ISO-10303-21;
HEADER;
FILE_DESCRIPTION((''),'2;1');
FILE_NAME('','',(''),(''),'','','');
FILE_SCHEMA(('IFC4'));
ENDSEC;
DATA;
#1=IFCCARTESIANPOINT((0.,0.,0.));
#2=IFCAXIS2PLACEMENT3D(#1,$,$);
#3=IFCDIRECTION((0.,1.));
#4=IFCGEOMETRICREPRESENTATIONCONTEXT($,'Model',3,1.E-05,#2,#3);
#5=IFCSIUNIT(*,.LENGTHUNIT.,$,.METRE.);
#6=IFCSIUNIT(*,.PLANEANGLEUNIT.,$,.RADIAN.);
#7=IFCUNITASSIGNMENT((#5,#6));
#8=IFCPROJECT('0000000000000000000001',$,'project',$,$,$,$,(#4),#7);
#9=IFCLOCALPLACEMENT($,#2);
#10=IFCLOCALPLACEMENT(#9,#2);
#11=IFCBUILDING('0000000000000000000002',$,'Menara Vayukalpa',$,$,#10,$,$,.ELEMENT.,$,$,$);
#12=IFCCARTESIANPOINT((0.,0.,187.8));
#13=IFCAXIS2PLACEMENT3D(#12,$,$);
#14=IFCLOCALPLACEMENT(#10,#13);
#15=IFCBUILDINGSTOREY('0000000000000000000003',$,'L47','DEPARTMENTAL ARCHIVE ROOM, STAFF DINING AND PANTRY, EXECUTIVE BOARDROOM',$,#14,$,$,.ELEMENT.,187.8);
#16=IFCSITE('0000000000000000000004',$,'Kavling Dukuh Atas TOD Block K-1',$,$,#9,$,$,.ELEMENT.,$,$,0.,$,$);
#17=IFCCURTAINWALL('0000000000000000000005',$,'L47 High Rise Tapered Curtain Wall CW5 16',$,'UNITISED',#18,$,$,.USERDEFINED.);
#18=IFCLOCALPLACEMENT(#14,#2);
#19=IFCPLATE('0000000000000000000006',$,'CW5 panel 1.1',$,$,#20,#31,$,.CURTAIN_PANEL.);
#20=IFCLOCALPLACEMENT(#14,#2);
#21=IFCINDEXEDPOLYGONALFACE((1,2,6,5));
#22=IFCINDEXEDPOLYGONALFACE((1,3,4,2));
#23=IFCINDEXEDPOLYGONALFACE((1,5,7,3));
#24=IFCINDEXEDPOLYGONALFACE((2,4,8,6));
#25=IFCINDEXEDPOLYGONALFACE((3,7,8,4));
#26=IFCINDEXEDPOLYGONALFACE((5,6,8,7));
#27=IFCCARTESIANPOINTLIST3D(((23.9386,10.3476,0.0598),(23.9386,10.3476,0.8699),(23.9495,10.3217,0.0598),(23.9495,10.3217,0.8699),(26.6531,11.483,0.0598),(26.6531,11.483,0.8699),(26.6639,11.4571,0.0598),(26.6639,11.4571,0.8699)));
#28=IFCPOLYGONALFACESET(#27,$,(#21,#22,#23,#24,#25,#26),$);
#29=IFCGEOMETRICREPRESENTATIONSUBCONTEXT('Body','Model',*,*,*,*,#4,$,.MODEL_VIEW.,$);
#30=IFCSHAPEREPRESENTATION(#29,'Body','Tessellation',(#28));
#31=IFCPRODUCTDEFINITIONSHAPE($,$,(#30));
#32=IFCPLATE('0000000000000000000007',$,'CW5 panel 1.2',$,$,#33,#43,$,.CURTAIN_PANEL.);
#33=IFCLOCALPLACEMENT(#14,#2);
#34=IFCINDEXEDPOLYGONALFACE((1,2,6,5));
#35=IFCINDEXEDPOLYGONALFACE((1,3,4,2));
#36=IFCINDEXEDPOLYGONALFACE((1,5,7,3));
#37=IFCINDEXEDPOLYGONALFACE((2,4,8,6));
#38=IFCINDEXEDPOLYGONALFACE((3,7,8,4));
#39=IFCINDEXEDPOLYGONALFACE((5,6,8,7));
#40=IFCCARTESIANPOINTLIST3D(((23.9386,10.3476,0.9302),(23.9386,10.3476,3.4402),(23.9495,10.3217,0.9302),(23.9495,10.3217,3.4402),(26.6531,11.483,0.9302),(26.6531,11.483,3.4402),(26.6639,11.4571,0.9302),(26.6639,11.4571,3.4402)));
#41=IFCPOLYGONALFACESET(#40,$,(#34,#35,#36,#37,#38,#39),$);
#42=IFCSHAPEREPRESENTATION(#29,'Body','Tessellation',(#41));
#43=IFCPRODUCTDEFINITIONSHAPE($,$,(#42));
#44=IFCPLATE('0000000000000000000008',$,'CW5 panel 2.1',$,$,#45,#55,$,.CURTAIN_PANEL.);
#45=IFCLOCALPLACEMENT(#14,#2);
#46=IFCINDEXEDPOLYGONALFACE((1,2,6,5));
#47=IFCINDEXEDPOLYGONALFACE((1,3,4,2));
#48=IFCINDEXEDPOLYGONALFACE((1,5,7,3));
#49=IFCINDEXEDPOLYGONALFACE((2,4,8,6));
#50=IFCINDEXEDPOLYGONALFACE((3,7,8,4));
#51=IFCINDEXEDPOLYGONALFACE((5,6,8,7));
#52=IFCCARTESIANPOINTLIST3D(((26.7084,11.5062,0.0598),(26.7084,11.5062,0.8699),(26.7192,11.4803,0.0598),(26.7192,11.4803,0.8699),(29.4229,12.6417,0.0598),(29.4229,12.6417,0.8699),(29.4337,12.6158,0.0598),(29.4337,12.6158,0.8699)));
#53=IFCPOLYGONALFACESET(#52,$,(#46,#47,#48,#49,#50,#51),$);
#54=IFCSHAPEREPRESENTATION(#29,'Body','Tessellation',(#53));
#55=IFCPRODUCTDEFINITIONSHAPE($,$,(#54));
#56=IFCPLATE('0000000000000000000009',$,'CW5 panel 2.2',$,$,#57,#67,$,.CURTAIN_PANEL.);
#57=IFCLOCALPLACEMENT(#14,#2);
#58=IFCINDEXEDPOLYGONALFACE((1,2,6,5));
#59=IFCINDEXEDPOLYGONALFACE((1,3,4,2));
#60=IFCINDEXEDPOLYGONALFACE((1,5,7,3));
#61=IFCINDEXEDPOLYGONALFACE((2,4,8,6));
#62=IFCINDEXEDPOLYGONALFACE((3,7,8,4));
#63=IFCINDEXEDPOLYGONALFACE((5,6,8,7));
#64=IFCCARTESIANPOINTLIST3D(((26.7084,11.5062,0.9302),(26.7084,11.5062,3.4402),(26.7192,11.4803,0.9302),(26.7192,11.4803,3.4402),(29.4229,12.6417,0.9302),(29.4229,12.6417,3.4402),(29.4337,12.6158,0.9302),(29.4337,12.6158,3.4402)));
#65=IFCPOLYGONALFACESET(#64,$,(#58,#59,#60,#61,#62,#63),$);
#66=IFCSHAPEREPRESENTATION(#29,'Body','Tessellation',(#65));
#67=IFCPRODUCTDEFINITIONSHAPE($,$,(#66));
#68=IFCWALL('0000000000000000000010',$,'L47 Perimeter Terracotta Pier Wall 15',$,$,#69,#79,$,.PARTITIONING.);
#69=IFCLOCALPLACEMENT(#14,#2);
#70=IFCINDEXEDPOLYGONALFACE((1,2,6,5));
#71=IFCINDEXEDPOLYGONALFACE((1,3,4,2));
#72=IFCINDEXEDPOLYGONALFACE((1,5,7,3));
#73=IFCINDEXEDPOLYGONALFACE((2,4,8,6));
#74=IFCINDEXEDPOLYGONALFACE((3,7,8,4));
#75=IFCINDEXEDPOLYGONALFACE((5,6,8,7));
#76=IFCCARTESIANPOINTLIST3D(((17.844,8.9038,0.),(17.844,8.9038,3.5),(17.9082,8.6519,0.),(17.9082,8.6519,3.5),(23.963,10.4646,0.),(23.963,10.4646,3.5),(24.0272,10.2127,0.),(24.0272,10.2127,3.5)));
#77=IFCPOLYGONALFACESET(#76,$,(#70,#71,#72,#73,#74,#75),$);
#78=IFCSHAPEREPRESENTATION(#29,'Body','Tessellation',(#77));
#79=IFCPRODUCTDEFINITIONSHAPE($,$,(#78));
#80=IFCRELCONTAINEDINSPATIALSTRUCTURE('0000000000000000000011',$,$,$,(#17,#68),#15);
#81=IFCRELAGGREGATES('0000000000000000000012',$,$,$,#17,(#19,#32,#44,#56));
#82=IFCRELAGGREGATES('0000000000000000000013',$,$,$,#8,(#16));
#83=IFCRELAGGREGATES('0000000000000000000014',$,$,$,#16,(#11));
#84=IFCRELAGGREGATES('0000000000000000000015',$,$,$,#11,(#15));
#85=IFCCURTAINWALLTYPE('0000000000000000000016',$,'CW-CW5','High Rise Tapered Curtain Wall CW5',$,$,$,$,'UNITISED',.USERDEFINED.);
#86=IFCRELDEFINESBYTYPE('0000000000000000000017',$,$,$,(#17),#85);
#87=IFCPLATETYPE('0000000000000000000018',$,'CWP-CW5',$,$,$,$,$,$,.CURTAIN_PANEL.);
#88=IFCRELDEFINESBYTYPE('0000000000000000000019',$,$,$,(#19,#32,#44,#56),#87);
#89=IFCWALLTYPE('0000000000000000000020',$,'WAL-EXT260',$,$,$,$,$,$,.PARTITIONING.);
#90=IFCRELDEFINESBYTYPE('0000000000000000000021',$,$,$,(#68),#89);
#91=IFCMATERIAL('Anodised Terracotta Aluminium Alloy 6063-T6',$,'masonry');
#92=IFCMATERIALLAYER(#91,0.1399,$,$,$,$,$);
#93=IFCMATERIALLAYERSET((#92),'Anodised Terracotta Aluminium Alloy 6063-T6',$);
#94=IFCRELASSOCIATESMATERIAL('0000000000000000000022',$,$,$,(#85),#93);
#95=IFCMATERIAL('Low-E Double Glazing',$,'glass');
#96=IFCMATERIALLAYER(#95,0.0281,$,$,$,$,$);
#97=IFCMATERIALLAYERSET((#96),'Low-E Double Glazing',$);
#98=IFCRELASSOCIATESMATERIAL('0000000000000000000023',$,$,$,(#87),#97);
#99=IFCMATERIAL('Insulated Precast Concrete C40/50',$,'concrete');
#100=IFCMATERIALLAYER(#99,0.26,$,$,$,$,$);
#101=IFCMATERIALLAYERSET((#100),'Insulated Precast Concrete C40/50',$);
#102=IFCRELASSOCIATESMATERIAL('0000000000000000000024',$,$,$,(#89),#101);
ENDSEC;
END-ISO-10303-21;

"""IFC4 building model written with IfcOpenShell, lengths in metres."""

from ifc_helpers import new_model, si_unit, direction, frame, frame_2d, origin, origin_2d, place, context, subcontext, project, spatial, rectangle, extrude, material, layer, layer_set, type_object, element, aggregate, save


model = new_model("IFC4")

# Units and contexts
model_context = context("Model", 3, precision=1e-05, world=origin(), true_north=direction((0.0, 1.0)))
body_context = subcontext(model_context, "Body", "Model", "MODEL_VIEW")
ifc_project = project(units=[si_unit("LENGTHUNIT", "METRE"), si_unit("PLANEANGLEUNIT", "RADIAN")], contexts=[model_context])

# Site, building, storey
site_placement = place(None, origin())
site = spatial("IfcSite", under=ifc_project, at=site_placement, Name="Kavling Dukuh Atas TOD Block K-1", CompositionType="ELEMENT", RefElevation=0.0)
building_placement = place(site_placement, origin())
building = spatial("IfcBuilding", under=site, at=building_placement, Name="Menara Vayukalpa", CompositionType="ELEMENT")
storey_placement = place(building_placement, frame((0.0, 0.0, 187.8)))
storey = spatial("IfcBuildingStorey", under=building, at=storey_placement, Name="L47", Description="DEPARTMENTAL ARCHIVE ROOM, STAFF DINING AND PANTRY, EXECUTIVE BOARDROOM", CompositionType="ELEMENT", Elevation=187.8)

# Curtain wall, plates
ifc_material_1 = material(Name="Anodised Terracotta Aluminium Alloy 6063-T6", Category="masonry")
ifc_layer_1 = layer(ifc_material_1, 0.1399)
ifc_layer_set_1 = layer_set([ifc_layer_1], Name="Anodised Terracotta Aluminium Alloy 6063-T6")
curtain_wall_type = type_object("IfcCurtainWallType", Name="CW-CW5", Description="High Rise Tapered Curtain Wall CW5", ElementType="UNITISED", PredefinedType="USERDEFINED", material=ifc_layer_set_1)
curtain_wall_placement = place(storey_placement, origin())
curtain_wall = element("IfcCurtainWall", 1, at=curtain_wall_placement, inside=storey, type_object=curtain_wall_type, Name="L47 High Rise Tapered Curtain Wall CW5 16", ObjectType="UNITISED", PredefinedType="USERDEFINED")
ifc_material_2 = material(Name="Low-E Double Glazing", Category="glass")
ifc_layer_2 = layer(ifc_material_2, 0.0281)
ifc_layer_set_2 = layer_set([ifc_layer_2], Name="Low-E Double Glazing")
plate_type = type_object("IfcPlateType", Name="CWP-CW5", PredefinedType="CURTAIN_PANEL", material=ifc_layer_set_2)
plate_1_placement = place(storey_placement, frame((25.3013, 10.9023, 0.0598), z_axis=(0.0, 0.0, 1.0), x_axis=(0.922539, 0.385903, 0.0)))
plate_1 = element("IfcPlate", 2, at=plate_1_placement, type_object=plate_type, Name="CW5 panel 1.1", PredefinedType="CURTAIN_PANEL", context=body_context, shape_type="SweptSolid", body=[
    extrude(rectangle(XDim=2.9424, YDim=0.0281, at=origin_2d()), origin(), (0.0, 0.0, 1.0), 0.8101),
])
plate_2_placement = place(storey_placement, frame((25.3013, 10.9023, 0.9302), z_axis=(0.0, 0.0, 1.0), x_axis=(0.922539, 0.385903, 0.0)))
plate_2 = element("IfcPlate", 3, at=plate_2_placement, type_object=plate_type, Name="CW5 panel 1.2", PredefinedType="CURTAIN_PANEL", context=body_context, shape_type="SweptSolid", body=[
    extrude(rectangle(XDim=2.9424, YDim=0.0281, at=origin_2d()), origin(), (0.0, 0.0, 1.0), 2.51),
])
plate_3_placement = place(storey_placement, frame((28.071, 12.061, 0.0598), z_axis=(0.0, 0.0, 1.0), x_axis=(0.922539, 0.385903, 0.0)))
plate_3 = element("IfcPlate", 4, at=plate_3_placement, type_object=plate_type, Name="CW5 panel 2.1", PredefinedType="CURTAIN_PANEL", context=body_context, shape_type="SweptSolid", body=[
    extrude(rectangle(XDim=2.9424, YDim=0.0281, at=origin_2d()), origin(), (0.0, 0.0, 1.0), 0.8101),
])
plate_4_placement = place(storey_placement, frame((28.071, 12.061, 0.9302), z_axis=(0.0, 0.0, 1.0), x_axis=(0.922539, 0.385903, 0.0)))
plate_4 = element("IfcPlate", 5, at=plate_4_placement, type_object=plate_type, Name="CW5 panel 2.2", PredefinedType="CURTAIN_PANEL", context=body_context, shape_type="SweptSolid", body=[
    extrude(rectangle(XDim=2.9424, YDim=0.0281, at=origin_2d()), origin(), (0.0, 0.0, 1.0), 2.51),
])
aggregate(curtain_wall, [plate_1, plate_2, plate_3, plate_4])

# Wall
ifc_material_3 = material(Name="Insulated Precast Concrete C40/50", Category="concrete")
ifc_layer_3 = layer(ifc_material_3, 0.26)
ifc_layer_set_3 = layer_set([ifc_layer_3], Name="Insulated Precast Concrete C40/50")
wall_type = type_object("IfcWallType", Name="WAL-EXT260", PredefinedType="PARTITIONING", material=ifc_layer_set_3)
wall_placement = place(storey_placement, frame((23.9951, 10.3386, 0.0), z_axis=(0.0, 0.0, 1.0), x_axis=(-0.968976, -0.247154, 0.0)))
element("IfcWall", 6, at=wall_placement, inside=storey, type_object=wall_type, Name="L47 Perimeter Terracotta Pier Wall 15", PredefinedType="PARTITIONING", context=body_context, shape_type="SweptSolid", body=[
    extrude(rectangle(XDim=6.3149, YDim=0.26, at=frame_2d((3.1575, 0.0))), origin(), (0.0, 0.0, 1.0), 3.5),
])

save(model, "model.ifc")
